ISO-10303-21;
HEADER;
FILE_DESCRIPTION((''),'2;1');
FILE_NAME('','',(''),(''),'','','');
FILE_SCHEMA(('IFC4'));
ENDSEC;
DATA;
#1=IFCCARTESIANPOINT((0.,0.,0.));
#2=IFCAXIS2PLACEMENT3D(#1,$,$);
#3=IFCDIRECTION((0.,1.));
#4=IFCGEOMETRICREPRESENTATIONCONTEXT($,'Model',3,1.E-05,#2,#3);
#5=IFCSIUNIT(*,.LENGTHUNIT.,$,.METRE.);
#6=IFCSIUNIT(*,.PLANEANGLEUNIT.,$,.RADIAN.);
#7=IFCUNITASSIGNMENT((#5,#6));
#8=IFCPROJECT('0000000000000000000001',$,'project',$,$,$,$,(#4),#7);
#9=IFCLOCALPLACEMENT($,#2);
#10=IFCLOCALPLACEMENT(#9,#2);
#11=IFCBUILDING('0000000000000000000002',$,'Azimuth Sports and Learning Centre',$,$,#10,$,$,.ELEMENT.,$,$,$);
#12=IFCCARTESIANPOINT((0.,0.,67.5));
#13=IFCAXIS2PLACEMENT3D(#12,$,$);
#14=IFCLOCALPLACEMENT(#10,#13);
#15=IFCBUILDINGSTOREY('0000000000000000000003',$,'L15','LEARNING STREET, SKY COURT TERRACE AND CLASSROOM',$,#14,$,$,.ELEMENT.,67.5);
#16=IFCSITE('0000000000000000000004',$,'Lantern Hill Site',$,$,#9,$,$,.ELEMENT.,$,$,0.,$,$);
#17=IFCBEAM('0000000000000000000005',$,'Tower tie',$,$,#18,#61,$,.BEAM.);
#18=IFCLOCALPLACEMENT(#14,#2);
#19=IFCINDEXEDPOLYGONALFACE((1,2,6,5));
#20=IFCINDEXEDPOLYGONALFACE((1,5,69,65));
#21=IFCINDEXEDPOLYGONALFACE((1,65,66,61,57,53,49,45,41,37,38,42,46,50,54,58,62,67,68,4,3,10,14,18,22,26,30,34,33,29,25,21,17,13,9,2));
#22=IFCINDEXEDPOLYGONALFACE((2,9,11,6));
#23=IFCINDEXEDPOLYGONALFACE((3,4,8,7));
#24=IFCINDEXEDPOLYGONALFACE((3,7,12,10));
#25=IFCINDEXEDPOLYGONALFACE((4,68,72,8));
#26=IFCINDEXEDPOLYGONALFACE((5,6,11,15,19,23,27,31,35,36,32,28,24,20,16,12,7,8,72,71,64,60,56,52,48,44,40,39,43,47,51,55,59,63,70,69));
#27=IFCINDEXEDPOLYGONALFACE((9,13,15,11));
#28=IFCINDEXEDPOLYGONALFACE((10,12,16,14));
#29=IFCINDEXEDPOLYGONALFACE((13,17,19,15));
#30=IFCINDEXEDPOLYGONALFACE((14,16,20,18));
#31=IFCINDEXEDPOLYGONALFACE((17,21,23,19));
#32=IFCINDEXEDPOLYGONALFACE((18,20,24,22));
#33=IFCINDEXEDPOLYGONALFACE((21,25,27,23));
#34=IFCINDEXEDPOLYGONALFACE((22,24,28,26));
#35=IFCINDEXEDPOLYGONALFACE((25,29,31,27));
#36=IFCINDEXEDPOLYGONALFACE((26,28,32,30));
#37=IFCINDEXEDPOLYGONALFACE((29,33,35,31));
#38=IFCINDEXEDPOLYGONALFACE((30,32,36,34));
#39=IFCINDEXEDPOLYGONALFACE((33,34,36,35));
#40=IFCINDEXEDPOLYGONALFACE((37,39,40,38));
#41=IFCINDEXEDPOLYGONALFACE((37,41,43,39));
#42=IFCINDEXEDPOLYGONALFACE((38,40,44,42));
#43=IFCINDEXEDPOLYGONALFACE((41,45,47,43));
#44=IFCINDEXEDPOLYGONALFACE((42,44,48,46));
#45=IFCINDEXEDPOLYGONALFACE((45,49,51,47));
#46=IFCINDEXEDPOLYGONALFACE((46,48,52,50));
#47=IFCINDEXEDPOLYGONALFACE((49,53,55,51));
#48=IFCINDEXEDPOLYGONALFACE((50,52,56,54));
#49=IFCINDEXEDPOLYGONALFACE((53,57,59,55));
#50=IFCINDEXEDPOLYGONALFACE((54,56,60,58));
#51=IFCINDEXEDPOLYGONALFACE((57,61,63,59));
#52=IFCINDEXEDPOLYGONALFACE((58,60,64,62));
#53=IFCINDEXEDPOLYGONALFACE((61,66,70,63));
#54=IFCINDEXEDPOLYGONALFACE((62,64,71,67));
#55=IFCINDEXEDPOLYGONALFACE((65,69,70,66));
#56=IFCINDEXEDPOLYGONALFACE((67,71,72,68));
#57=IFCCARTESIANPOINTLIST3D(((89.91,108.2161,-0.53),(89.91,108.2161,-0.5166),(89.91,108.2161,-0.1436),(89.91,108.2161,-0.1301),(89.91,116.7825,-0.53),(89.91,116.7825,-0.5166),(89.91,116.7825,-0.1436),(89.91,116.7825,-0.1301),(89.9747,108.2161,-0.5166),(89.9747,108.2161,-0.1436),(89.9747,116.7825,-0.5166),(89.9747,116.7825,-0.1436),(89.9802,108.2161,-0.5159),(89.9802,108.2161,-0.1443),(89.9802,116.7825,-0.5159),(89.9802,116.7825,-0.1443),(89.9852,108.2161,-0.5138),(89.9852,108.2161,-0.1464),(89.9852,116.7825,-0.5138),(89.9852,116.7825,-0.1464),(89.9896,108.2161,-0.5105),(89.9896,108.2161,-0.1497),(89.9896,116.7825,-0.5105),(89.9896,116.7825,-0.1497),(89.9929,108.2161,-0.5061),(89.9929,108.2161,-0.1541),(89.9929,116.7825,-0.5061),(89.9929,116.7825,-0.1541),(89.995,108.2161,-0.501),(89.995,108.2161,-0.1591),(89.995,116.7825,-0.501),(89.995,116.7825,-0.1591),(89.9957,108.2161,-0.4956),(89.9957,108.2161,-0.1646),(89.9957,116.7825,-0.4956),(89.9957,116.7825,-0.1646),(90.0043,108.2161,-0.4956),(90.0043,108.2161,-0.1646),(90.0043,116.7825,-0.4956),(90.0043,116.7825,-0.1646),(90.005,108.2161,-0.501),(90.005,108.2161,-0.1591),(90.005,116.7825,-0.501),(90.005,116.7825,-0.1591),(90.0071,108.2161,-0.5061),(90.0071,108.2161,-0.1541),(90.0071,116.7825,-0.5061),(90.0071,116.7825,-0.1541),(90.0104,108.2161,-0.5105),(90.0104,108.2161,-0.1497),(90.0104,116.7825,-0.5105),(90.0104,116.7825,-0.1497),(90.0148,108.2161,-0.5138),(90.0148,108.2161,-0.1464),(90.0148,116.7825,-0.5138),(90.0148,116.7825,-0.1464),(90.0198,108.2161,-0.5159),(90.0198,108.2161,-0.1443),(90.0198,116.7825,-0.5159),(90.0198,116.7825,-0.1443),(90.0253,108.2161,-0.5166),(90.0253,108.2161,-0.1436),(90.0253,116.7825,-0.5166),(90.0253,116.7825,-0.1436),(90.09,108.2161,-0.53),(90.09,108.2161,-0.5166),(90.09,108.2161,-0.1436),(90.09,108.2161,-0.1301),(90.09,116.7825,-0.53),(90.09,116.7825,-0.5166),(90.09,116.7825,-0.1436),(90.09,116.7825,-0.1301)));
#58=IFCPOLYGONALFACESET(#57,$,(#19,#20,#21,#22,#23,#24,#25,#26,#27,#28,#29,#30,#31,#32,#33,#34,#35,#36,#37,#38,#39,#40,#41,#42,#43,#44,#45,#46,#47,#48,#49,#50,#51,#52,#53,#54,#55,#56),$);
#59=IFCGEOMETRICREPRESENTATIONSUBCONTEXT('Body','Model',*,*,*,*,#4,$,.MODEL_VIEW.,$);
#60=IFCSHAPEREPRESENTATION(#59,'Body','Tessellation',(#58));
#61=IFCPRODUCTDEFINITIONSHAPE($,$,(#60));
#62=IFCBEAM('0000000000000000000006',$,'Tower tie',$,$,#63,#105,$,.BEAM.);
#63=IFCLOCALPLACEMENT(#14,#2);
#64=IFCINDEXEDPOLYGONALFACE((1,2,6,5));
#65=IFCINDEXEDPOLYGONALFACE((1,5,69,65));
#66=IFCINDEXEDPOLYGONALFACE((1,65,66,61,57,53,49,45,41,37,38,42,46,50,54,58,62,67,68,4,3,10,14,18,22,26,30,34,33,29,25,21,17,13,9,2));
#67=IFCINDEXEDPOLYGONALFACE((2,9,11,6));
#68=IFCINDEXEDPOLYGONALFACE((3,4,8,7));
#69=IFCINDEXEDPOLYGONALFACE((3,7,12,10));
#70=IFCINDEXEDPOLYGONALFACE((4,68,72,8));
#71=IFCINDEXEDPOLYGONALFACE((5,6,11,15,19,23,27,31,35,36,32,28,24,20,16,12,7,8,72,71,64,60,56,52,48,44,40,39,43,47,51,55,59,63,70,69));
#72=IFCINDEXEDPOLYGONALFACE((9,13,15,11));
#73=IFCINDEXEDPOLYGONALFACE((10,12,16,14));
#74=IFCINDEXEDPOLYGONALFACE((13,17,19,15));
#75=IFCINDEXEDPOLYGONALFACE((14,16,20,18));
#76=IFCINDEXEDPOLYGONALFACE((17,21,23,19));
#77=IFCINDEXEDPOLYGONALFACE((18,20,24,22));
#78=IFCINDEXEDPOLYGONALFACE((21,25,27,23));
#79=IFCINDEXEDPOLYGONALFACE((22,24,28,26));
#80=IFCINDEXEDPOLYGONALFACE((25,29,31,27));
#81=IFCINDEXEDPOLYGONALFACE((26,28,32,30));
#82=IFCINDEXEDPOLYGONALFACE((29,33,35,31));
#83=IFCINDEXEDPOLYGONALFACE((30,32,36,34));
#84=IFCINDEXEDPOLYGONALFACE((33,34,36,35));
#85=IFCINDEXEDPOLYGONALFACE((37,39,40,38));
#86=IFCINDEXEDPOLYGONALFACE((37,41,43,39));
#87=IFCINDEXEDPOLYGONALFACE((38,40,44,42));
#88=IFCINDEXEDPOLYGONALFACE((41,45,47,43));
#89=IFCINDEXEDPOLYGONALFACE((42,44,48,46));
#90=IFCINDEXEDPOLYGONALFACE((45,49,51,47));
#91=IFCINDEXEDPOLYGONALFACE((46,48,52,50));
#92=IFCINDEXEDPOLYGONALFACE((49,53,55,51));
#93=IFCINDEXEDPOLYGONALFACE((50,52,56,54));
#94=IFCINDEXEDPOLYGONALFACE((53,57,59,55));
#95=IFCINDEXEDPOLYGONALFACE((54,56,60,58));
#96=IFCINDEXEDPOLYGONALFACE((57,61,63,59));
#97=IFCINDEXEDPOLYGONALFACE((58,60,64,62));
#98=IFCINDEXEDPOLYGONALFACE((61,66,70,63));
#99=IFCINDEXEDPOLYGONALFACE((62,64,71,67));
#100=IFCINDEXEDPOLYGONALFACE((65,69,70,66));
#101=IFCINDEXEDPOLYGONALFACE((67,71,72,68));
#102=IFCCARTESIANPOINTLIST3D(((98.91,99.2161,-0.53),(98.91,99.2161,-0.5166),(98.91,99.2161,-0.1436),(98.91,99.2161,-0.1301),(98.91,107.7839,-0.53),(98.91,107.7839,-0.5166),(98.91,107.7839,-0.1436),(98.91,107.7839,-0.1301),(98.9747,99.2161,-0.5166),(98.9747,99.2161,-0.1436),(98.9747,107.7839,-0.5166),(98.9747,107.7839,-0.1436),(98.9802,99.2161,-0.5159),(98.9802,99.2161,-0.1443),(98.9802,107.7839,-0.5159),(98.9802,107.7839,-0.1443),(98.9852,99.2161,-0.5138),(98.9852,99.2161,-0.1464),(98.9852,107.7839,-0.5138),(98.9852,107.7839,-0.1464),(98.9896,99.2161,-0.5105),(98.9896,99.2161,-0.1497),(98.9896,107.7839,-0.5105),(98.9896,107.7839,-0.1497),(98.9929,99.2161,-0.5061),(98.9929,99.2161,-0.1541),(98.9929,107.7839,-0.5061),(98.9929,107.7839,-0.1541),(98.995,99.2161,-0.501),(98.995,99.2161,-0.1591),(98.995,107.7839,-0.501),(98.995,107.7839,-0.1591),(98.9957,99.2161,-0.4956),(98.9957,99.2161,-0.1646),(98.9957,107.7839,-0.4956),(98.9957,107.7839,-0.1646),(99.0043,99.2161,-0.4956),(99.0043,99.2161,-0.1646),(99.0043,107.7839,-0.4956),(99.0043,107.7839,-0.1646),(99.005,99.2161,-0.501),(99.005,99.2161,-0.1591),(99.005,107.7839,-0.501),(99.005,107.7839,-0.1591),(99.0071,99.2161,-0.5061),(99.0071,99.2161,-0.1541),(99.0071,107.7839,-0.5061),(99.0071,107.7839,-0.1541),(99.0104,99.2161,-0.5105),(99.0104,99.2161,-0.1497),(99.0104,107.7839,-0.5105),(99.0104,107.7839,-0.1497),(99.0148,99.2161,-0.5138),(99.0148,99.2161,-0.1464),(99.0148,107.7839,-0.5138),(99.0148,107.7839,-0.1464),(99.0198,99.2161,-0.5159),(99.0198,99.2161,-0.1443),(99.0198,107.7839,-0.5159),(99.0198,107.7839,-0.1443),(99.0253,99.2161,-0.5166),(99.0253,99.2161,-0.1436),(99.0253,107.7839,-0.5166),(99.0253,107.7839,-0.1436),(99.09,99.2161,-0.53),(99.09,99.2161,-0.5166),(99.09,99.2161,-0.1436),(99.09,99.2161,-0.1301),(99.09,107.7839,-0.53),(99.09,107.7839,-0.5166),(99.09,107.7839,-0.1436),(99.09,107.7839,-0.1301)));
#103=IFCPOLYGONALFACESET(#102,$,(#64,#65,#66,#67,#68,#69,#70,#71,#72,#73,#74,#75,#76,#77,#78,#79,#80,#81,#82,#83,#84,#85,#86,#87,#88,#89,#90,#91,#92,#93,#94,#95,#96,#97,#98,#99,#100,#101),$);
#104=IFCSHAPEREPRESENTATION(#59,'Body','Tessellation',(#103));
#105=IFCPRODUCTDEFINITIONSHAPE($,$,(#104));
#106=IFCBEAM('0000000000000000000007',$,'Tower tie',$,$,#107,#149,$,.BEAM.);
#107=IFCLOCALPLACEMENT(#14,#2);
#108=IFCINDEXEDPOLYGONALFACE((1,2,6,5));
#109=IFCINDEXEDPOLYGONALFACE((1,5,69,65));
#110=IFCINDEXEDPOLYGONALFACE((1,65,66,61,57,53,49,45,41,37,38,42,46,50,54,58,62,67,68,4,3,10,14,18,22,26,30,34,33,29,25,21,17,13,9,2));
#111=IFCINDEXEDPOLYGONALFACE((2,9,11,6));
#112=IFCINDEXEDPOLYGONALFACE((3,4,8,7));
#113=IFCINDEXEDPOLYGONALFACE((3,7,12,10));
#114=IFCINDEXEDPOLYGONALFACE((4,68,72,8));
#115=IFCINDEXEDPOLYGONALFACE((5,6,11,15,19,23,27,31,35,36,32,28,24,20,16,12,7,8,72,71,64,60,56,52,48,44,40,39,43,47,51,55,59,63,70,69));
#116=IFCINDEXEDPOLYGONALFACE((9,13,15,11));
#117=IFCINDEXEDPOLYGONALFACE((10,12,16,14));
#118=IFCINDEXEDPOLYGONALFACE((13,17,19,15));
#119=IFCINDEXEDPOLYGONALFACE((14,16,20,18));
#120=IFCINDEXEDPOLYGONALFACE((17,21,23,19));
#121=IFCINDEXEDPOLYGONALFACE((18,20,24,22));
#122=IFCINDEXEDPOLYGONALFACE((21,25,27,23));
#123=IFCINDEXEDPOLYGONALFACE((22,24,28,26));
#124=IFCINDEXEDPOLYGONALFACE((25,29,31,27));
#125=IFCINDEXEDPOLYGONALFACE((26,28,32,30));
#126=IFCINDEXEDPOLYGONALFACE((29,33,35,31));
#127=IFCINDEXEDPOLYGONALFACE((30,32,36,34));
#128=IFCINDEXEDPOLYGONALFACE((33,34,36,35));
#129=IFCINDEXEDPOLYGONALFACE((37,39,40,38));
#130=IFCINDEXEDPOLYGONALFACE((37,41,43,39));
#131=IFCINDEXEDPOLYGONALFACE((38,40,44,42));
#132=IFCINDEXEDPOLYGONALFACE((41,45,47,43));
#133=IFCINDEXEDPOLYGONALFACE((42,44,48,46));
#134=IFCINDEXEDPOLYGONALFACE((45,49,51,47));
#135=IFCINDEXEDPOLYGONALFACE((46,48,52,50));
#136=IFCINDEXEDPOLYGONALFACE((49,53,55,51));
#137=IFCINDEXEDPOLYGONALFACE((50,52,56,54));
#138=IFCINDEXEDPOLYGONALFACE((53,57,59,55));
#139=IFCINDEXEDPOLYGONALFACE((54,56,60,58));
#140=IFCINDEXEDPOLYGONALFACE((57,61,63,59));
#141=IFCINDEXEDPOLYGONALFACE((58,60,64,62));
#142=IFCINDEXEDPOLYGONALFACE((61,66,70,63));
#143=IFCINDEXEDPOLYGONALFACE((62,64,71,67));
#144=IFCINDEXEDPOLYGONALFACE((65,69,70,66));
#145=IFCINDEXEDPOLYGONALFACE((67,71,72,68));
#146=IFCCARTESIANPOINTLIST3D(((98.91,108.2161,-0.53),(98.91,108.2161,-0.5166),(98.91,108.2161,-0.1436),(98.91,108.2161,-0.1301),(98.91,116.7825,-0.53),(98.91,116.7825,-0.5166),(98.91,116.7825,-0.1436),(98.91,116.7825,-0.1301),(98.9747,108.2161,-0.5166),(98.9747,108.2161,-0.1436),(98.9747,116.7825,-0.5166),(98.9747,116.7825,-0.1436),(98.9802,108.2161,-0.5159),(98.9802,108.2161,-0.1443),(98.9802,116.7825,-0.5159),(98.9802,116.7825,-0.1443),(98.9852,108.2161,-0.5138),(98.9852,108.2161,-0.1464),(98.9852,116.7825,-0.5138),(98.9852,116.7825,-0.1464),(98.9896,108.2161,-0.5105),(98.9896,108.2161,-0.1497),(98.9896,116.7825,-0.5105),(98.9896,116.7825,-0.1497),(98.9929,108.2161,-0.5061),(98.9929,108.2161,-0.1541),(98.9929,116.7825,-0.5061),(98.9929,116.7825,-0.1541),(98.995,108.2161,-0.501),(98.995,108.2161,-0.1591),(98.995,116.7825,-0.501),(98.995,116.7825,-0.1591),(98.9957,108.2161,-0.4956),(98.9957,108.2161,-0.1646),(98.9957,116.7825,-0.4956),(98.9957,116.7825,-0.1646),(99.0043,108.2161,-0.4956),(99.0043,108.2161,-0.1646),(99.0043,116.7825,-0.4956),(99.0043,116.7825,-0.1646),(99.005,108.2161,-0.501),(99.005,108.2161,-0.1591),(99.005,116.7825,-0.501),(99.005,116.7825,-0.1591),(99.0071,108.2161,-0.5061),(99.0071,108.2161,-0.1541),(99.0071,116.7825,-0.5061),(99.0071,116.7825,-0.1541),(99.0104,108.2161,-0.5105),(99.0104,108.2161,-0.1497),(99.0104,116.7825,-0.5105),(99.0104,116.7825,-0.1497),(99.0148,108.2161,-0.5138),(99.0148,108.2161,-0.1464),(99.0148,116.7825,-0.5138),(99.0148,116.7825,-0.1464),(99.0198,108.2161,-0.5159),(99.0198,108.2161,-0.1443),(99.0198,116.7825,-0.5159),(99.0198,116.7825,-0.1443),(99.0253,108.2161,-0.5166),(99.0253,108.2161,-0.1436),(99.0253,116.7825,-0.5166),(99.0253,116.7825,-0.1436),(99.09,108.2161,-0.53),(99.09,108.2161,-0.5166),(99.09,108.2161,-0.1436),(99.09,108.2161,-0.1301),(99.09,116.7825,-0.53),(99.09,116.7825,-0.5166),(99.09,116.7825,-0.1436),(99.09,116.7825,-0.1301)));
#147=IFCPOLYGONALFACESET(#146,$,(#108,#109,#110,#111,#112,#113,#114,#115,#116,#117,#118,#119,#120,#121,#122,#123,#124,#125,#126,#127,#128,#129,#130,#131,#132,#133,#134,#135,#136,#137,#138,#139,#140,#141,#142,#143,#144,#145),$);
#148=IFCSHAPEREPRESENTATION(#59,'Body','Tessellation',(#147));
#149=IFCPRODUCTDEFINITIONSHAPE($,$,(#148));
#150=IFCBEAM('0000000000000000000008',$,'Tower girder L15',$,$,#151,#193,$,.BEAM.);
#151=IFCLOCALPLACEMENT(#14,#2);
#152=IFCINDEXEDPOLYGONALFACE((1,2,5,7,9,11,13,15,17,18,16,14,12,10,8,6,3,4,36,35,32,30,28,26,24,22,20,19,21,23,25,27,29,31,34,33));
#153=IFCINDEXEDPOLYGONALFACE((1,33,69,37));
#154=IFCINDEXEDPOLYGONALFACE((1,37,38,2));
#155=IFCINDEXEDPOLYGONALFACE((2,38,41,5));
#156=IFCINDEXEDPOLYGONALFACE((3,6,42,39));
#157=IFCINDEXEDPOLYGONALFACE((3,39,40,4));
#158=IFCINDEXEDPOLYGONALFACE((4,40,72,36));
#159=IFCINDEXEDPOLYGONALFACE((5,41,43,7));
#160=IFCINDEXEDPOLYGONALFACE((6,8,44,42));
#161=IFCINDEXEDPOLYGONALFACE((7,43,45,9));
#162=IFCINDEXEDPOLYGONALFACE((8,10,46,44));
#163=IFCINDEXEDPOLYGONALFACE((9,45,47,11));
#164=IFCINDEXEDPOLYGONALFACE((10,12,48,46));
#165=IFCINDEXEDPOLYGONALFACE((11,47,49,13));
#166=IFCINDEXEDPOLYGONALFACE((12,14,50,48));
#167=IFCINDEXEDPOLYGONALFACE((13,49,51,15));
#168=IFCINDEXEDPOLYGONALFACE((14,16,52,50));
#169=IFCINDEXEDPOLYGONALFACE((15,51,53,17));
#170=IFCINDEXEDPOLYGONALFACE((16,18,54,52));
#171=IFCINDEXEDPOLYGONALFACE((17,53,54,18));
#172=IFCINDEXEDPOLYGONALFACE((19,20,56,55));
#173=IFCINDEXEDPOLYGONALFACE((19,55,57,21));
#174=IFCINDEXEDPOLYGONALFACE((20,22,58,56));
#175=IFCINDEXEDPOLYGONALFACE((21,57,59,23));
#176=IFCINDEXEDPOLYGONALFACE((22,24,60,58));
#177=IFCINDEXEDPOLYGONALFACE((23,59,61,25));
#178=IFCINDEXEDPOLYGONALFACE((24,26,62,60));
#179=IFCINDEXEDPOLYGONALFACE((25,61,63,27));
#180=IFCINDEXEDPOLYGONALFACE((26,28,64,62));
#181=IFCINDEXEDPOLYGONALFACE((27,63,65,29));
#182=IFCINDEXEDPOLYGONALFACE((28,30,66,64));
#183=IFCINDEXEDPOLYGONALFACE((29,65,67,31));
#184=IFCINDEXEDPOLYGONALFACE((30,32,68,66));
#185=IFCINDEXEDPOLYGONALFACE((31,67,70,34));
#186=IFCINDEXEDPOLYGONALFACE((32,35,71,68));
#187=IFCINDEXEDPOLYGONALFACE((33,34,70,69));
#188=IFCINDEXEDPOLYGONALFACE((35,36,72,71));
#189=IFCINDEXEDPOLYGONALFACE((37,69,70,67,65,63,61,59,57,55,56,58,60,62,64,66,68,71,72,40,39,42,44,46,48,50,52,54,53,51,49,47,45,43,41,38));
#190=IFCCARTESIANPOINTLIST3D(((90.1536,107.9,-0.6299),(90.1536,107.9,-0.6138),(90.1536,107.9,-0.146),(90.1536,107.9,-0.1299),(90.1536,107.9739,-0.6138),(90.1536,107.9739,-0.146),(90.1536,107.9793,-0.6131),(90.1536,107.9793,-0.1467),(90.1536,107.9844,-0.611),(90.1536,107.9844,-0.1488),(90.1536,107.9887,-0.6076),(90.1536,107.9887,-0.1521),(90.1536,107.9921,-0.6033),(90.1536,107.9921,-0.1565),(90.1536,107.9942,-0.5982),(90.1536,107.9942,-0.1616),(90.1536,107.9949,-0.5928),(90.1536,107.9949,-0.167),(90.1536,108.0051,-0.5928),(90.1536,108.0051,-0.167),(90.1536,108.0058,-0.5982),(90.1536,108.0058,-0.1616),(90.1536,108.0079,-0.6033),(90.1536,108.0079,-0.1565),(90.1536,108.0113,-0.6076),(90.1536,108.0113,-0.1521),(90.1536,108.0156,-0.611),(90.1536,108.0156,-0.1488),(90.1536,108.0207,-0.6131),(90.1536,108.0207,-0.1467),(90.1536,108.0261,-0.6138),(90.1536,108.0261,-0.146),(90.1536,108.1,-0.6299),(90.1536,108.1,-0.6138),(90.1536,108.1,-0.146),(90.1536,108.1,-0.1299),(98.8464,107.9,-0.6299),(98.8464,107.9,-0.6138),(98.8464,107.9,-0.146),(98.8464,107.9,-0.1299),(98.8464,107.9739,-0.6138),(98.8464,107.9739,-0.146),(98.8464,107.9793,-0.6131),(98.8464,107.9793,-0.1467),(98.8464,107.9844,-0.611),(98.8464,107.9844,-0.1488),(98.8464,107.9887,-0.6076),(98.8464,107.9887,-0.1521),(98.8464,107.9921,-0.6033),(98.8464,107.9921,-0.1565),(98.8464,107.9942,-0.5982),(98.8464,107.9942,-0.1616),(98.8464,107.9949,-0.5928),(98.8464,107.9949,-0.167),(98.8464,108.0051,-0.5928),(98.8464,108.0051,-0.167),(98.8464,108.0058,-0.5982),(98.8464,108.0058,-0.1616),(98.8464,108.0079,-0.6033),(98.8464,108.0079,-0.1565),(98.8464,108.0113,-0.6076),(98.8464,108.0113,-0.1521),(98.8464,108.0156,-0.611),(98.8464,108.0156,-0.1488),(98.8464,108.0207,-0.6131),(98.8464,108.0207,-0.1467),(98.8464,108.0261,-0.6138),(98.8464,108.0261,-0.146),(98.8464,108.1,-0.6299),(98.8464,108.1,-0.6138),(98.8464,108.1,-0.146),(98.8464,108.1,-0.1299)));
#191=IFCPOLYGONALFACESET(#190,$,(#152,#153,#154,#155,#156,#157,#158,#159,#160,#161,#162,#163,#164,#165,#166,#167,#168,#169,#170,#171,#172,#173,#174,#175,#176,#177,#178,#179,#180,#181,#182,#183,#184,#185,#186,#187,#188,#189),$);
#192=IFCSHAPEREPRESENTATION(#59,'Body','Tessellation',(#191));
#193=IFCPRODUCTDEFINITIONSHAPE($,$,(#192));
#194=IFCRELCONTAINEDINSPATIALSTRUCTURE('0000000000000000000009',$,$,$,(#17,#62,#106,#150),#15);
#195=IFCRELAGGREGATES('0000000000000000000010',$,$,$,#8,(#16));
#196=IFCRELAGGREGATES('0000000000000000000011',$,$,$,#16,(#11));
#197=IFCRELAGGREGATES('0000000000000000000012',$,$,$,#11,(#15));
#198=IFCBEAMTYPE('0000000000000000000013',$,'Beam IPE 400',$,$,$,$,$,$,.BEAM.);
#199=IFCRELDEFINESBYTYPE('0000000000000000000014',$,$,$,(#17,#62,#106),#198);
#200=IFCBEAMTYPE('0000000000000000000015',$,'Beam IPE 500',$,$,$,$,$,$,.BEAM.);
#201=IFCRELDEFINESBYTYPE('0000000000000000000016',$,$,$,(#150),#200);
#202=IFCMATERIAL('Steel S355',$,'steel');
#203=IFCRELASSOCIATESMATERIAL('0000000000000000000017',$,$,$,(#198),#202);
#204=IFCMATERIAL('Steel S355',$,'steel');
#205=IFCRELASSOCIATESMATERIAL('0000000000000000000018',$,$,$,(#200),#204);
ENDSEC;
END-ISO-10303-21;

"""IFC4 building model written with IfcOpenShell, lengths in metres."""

from ifc_helpers import new_model, si_unit, direction, frame, origin, origin_2d, place, context, subcontext, project, spatial, i_section, extrude, material, material_profile, profile_set, type_object, element, save


model = new_model("IFC4")

# Units and contexts
model_context = context("Model", 3, precision=1e-05, world=origin(), true_north=direction((0.0, 1.0)))
body_context = subcontext(model_context, "Body", "Model", "MODEL_VIEW")
ifc_project = project(units=[si_unit("LENGTHUNIT", "METRE"), si_unit("PLANEANGLEUNIT", "RADIAN")], contexts=[model_context])

# Site, building, storey
site_placement = place(None, origin())
site = spatial("IfcSite", under=ifc_project, at=site_placement, Name="Lantern Hill Site", CompositionType="ELEMENT", RefElevation=0.0)
building_placement = place(site_placement, origin())
building = spatial("IfcBuilding", under=site, at=building_placement, Name="Azimuth Sports and Learning Centre", CompositionType="ELEMENT")
storey_placement = place(building_placement, frame((0.0, 0.0, 67.5)))
storey = spatial("IfcBuildingStorey", under=building, at=storey_placement, Name="L15", Description="LEARNING STREET, SKY COURT TERRACE AND CLASSROOM", CompositionType="ELEMENT", Elevation=67.5)

# Beams
ifc_material_1 = material(Name="Steel S355", Category="steel")
ifc_material_profile_1 = material_profile(ifc_material_1, i_section(OverallWidth=0.1799, OverallDepth=0.3999, WebThickness=0.0085, FlangeThickness=0.0134, FilletRadius=0.021, at=origin_2d()), Name="IPE 400")
ifc_profile_set_1 = profile_set([ifc_material_profile_1], Name="Steel S355")
beam_type_1 = type_object("IfcBeamType", Name="Beam IPE 400", PredefinedType="BEAM", material=ifc_profile_set_1)
beam_1_placement = place(storey_placement, frame((90.0, 108.2161, -0.3301), z_axis=(0.0, 1.0, 0.0), x_axis=(-1.0, 0.0, 0.0)))
element("IfcBeam", 1, at=beam_1_placement, inside=storey, type_object=beam_type_1, Name="Tower tie", PredefinedType="BEAM", context=body_context, shape_type="SweptSolid", body=[
    extrude(i_section(OverallWidth=0.1799, OverallDepth=0.3999, WebThickness=0.0085, FlangeThickness=0.0134, FilletRadius=0.021, at=origin_2d()), origin(), (0.0, 0.0, 1.0), 8.5664),
])
beam_2_placement = place(storey_placement, frame((99.0, 99.2161, -0.3301), z_axis=(0.0, 1.0, 0.0), x_axis=(-1.0, 0.0, 0.0)))
element("IfcBeam", 2, at=beam_2_placement, inside=storey, type_object=beam_type_1, Name="Tower tie", PredefinedType="BEAM", context=body_context, shape_type="SweptSolid", body=[
    extrude(i_section(OverallWidth=0.1799, OverallDepth=0.3999, WebThickness=0.0085, FlangeThickness=0.0134, FilletRadius=0.021, at=origin_2d()), origin(), (0.0, 0.0, 1.0), 8.5679),
])
beam_3_placement = place(storey_placement, frame((99.0, 108.2161, -0.3301), z_axis=(0.0, 1.0, 0.0), x_axis=(-1.0, 0.0, 0.0)))
element("IfcBeam", 3, at=beam_3_placement, inside=storey, type_object=beam_type_1, Name="Tower tie", PredefinedType="BEAM", context=body_context, shape_type="SweptSolid", body=[
    extrude(i_section(OverallWidth=0.1799, OverallDepth=0.3999, WebThickness=0.0085, FlangeThickness=0.0134, FilletRadius=0.021, at=origin_2d()), origin(), (0.0, 0.0, 1.0), 8.5664),
])
ifc_material_2 = material(Name="Steel S355", Category="steel")
ifc_material_profile_2 = material_profile(ifc_material_2, i_section(OverallWidth=0.2, OverallDepth=0.5, WebThickness=0.0103, FlangeThickness=0.0161, FilletRadius=0.021, at=origin_2d()), Name="IPE 500")
ifc_profile_set_2 = profile_set([ifc_material_profile_2], Name="Steel S355")
beam_type_2 = type_object("IfcBeamType", Name="Beam IPE 500", PredefinedType="BEAM", material=ifc_profile_set_2)
beam_4_placement = place(storey_placement, frame((90.1536, 108.0, -0.3799), z_axis=(1.0, 0.0, 0.0), x_axis=(0.0, 1.0, 0.0)))
element("IfcBeam", 4, at=beam_4_placement, inside=storey, type_object=beam_type_2, Name="Tower girder L15", PredefinedType="BEAM", context=body_context, shape_type="SweptSolid", body=[
    extrude(i_section(OverallWidth=0.2, OverallDepth=0.5, WebThickness=0.0103, FlangeThickness=0.0161, FilletRadius=0.021, at=origin_2d()), origin(), (0.0, 0.0, 1.0), 8.6929),
])

save(model, "model.ifc")
